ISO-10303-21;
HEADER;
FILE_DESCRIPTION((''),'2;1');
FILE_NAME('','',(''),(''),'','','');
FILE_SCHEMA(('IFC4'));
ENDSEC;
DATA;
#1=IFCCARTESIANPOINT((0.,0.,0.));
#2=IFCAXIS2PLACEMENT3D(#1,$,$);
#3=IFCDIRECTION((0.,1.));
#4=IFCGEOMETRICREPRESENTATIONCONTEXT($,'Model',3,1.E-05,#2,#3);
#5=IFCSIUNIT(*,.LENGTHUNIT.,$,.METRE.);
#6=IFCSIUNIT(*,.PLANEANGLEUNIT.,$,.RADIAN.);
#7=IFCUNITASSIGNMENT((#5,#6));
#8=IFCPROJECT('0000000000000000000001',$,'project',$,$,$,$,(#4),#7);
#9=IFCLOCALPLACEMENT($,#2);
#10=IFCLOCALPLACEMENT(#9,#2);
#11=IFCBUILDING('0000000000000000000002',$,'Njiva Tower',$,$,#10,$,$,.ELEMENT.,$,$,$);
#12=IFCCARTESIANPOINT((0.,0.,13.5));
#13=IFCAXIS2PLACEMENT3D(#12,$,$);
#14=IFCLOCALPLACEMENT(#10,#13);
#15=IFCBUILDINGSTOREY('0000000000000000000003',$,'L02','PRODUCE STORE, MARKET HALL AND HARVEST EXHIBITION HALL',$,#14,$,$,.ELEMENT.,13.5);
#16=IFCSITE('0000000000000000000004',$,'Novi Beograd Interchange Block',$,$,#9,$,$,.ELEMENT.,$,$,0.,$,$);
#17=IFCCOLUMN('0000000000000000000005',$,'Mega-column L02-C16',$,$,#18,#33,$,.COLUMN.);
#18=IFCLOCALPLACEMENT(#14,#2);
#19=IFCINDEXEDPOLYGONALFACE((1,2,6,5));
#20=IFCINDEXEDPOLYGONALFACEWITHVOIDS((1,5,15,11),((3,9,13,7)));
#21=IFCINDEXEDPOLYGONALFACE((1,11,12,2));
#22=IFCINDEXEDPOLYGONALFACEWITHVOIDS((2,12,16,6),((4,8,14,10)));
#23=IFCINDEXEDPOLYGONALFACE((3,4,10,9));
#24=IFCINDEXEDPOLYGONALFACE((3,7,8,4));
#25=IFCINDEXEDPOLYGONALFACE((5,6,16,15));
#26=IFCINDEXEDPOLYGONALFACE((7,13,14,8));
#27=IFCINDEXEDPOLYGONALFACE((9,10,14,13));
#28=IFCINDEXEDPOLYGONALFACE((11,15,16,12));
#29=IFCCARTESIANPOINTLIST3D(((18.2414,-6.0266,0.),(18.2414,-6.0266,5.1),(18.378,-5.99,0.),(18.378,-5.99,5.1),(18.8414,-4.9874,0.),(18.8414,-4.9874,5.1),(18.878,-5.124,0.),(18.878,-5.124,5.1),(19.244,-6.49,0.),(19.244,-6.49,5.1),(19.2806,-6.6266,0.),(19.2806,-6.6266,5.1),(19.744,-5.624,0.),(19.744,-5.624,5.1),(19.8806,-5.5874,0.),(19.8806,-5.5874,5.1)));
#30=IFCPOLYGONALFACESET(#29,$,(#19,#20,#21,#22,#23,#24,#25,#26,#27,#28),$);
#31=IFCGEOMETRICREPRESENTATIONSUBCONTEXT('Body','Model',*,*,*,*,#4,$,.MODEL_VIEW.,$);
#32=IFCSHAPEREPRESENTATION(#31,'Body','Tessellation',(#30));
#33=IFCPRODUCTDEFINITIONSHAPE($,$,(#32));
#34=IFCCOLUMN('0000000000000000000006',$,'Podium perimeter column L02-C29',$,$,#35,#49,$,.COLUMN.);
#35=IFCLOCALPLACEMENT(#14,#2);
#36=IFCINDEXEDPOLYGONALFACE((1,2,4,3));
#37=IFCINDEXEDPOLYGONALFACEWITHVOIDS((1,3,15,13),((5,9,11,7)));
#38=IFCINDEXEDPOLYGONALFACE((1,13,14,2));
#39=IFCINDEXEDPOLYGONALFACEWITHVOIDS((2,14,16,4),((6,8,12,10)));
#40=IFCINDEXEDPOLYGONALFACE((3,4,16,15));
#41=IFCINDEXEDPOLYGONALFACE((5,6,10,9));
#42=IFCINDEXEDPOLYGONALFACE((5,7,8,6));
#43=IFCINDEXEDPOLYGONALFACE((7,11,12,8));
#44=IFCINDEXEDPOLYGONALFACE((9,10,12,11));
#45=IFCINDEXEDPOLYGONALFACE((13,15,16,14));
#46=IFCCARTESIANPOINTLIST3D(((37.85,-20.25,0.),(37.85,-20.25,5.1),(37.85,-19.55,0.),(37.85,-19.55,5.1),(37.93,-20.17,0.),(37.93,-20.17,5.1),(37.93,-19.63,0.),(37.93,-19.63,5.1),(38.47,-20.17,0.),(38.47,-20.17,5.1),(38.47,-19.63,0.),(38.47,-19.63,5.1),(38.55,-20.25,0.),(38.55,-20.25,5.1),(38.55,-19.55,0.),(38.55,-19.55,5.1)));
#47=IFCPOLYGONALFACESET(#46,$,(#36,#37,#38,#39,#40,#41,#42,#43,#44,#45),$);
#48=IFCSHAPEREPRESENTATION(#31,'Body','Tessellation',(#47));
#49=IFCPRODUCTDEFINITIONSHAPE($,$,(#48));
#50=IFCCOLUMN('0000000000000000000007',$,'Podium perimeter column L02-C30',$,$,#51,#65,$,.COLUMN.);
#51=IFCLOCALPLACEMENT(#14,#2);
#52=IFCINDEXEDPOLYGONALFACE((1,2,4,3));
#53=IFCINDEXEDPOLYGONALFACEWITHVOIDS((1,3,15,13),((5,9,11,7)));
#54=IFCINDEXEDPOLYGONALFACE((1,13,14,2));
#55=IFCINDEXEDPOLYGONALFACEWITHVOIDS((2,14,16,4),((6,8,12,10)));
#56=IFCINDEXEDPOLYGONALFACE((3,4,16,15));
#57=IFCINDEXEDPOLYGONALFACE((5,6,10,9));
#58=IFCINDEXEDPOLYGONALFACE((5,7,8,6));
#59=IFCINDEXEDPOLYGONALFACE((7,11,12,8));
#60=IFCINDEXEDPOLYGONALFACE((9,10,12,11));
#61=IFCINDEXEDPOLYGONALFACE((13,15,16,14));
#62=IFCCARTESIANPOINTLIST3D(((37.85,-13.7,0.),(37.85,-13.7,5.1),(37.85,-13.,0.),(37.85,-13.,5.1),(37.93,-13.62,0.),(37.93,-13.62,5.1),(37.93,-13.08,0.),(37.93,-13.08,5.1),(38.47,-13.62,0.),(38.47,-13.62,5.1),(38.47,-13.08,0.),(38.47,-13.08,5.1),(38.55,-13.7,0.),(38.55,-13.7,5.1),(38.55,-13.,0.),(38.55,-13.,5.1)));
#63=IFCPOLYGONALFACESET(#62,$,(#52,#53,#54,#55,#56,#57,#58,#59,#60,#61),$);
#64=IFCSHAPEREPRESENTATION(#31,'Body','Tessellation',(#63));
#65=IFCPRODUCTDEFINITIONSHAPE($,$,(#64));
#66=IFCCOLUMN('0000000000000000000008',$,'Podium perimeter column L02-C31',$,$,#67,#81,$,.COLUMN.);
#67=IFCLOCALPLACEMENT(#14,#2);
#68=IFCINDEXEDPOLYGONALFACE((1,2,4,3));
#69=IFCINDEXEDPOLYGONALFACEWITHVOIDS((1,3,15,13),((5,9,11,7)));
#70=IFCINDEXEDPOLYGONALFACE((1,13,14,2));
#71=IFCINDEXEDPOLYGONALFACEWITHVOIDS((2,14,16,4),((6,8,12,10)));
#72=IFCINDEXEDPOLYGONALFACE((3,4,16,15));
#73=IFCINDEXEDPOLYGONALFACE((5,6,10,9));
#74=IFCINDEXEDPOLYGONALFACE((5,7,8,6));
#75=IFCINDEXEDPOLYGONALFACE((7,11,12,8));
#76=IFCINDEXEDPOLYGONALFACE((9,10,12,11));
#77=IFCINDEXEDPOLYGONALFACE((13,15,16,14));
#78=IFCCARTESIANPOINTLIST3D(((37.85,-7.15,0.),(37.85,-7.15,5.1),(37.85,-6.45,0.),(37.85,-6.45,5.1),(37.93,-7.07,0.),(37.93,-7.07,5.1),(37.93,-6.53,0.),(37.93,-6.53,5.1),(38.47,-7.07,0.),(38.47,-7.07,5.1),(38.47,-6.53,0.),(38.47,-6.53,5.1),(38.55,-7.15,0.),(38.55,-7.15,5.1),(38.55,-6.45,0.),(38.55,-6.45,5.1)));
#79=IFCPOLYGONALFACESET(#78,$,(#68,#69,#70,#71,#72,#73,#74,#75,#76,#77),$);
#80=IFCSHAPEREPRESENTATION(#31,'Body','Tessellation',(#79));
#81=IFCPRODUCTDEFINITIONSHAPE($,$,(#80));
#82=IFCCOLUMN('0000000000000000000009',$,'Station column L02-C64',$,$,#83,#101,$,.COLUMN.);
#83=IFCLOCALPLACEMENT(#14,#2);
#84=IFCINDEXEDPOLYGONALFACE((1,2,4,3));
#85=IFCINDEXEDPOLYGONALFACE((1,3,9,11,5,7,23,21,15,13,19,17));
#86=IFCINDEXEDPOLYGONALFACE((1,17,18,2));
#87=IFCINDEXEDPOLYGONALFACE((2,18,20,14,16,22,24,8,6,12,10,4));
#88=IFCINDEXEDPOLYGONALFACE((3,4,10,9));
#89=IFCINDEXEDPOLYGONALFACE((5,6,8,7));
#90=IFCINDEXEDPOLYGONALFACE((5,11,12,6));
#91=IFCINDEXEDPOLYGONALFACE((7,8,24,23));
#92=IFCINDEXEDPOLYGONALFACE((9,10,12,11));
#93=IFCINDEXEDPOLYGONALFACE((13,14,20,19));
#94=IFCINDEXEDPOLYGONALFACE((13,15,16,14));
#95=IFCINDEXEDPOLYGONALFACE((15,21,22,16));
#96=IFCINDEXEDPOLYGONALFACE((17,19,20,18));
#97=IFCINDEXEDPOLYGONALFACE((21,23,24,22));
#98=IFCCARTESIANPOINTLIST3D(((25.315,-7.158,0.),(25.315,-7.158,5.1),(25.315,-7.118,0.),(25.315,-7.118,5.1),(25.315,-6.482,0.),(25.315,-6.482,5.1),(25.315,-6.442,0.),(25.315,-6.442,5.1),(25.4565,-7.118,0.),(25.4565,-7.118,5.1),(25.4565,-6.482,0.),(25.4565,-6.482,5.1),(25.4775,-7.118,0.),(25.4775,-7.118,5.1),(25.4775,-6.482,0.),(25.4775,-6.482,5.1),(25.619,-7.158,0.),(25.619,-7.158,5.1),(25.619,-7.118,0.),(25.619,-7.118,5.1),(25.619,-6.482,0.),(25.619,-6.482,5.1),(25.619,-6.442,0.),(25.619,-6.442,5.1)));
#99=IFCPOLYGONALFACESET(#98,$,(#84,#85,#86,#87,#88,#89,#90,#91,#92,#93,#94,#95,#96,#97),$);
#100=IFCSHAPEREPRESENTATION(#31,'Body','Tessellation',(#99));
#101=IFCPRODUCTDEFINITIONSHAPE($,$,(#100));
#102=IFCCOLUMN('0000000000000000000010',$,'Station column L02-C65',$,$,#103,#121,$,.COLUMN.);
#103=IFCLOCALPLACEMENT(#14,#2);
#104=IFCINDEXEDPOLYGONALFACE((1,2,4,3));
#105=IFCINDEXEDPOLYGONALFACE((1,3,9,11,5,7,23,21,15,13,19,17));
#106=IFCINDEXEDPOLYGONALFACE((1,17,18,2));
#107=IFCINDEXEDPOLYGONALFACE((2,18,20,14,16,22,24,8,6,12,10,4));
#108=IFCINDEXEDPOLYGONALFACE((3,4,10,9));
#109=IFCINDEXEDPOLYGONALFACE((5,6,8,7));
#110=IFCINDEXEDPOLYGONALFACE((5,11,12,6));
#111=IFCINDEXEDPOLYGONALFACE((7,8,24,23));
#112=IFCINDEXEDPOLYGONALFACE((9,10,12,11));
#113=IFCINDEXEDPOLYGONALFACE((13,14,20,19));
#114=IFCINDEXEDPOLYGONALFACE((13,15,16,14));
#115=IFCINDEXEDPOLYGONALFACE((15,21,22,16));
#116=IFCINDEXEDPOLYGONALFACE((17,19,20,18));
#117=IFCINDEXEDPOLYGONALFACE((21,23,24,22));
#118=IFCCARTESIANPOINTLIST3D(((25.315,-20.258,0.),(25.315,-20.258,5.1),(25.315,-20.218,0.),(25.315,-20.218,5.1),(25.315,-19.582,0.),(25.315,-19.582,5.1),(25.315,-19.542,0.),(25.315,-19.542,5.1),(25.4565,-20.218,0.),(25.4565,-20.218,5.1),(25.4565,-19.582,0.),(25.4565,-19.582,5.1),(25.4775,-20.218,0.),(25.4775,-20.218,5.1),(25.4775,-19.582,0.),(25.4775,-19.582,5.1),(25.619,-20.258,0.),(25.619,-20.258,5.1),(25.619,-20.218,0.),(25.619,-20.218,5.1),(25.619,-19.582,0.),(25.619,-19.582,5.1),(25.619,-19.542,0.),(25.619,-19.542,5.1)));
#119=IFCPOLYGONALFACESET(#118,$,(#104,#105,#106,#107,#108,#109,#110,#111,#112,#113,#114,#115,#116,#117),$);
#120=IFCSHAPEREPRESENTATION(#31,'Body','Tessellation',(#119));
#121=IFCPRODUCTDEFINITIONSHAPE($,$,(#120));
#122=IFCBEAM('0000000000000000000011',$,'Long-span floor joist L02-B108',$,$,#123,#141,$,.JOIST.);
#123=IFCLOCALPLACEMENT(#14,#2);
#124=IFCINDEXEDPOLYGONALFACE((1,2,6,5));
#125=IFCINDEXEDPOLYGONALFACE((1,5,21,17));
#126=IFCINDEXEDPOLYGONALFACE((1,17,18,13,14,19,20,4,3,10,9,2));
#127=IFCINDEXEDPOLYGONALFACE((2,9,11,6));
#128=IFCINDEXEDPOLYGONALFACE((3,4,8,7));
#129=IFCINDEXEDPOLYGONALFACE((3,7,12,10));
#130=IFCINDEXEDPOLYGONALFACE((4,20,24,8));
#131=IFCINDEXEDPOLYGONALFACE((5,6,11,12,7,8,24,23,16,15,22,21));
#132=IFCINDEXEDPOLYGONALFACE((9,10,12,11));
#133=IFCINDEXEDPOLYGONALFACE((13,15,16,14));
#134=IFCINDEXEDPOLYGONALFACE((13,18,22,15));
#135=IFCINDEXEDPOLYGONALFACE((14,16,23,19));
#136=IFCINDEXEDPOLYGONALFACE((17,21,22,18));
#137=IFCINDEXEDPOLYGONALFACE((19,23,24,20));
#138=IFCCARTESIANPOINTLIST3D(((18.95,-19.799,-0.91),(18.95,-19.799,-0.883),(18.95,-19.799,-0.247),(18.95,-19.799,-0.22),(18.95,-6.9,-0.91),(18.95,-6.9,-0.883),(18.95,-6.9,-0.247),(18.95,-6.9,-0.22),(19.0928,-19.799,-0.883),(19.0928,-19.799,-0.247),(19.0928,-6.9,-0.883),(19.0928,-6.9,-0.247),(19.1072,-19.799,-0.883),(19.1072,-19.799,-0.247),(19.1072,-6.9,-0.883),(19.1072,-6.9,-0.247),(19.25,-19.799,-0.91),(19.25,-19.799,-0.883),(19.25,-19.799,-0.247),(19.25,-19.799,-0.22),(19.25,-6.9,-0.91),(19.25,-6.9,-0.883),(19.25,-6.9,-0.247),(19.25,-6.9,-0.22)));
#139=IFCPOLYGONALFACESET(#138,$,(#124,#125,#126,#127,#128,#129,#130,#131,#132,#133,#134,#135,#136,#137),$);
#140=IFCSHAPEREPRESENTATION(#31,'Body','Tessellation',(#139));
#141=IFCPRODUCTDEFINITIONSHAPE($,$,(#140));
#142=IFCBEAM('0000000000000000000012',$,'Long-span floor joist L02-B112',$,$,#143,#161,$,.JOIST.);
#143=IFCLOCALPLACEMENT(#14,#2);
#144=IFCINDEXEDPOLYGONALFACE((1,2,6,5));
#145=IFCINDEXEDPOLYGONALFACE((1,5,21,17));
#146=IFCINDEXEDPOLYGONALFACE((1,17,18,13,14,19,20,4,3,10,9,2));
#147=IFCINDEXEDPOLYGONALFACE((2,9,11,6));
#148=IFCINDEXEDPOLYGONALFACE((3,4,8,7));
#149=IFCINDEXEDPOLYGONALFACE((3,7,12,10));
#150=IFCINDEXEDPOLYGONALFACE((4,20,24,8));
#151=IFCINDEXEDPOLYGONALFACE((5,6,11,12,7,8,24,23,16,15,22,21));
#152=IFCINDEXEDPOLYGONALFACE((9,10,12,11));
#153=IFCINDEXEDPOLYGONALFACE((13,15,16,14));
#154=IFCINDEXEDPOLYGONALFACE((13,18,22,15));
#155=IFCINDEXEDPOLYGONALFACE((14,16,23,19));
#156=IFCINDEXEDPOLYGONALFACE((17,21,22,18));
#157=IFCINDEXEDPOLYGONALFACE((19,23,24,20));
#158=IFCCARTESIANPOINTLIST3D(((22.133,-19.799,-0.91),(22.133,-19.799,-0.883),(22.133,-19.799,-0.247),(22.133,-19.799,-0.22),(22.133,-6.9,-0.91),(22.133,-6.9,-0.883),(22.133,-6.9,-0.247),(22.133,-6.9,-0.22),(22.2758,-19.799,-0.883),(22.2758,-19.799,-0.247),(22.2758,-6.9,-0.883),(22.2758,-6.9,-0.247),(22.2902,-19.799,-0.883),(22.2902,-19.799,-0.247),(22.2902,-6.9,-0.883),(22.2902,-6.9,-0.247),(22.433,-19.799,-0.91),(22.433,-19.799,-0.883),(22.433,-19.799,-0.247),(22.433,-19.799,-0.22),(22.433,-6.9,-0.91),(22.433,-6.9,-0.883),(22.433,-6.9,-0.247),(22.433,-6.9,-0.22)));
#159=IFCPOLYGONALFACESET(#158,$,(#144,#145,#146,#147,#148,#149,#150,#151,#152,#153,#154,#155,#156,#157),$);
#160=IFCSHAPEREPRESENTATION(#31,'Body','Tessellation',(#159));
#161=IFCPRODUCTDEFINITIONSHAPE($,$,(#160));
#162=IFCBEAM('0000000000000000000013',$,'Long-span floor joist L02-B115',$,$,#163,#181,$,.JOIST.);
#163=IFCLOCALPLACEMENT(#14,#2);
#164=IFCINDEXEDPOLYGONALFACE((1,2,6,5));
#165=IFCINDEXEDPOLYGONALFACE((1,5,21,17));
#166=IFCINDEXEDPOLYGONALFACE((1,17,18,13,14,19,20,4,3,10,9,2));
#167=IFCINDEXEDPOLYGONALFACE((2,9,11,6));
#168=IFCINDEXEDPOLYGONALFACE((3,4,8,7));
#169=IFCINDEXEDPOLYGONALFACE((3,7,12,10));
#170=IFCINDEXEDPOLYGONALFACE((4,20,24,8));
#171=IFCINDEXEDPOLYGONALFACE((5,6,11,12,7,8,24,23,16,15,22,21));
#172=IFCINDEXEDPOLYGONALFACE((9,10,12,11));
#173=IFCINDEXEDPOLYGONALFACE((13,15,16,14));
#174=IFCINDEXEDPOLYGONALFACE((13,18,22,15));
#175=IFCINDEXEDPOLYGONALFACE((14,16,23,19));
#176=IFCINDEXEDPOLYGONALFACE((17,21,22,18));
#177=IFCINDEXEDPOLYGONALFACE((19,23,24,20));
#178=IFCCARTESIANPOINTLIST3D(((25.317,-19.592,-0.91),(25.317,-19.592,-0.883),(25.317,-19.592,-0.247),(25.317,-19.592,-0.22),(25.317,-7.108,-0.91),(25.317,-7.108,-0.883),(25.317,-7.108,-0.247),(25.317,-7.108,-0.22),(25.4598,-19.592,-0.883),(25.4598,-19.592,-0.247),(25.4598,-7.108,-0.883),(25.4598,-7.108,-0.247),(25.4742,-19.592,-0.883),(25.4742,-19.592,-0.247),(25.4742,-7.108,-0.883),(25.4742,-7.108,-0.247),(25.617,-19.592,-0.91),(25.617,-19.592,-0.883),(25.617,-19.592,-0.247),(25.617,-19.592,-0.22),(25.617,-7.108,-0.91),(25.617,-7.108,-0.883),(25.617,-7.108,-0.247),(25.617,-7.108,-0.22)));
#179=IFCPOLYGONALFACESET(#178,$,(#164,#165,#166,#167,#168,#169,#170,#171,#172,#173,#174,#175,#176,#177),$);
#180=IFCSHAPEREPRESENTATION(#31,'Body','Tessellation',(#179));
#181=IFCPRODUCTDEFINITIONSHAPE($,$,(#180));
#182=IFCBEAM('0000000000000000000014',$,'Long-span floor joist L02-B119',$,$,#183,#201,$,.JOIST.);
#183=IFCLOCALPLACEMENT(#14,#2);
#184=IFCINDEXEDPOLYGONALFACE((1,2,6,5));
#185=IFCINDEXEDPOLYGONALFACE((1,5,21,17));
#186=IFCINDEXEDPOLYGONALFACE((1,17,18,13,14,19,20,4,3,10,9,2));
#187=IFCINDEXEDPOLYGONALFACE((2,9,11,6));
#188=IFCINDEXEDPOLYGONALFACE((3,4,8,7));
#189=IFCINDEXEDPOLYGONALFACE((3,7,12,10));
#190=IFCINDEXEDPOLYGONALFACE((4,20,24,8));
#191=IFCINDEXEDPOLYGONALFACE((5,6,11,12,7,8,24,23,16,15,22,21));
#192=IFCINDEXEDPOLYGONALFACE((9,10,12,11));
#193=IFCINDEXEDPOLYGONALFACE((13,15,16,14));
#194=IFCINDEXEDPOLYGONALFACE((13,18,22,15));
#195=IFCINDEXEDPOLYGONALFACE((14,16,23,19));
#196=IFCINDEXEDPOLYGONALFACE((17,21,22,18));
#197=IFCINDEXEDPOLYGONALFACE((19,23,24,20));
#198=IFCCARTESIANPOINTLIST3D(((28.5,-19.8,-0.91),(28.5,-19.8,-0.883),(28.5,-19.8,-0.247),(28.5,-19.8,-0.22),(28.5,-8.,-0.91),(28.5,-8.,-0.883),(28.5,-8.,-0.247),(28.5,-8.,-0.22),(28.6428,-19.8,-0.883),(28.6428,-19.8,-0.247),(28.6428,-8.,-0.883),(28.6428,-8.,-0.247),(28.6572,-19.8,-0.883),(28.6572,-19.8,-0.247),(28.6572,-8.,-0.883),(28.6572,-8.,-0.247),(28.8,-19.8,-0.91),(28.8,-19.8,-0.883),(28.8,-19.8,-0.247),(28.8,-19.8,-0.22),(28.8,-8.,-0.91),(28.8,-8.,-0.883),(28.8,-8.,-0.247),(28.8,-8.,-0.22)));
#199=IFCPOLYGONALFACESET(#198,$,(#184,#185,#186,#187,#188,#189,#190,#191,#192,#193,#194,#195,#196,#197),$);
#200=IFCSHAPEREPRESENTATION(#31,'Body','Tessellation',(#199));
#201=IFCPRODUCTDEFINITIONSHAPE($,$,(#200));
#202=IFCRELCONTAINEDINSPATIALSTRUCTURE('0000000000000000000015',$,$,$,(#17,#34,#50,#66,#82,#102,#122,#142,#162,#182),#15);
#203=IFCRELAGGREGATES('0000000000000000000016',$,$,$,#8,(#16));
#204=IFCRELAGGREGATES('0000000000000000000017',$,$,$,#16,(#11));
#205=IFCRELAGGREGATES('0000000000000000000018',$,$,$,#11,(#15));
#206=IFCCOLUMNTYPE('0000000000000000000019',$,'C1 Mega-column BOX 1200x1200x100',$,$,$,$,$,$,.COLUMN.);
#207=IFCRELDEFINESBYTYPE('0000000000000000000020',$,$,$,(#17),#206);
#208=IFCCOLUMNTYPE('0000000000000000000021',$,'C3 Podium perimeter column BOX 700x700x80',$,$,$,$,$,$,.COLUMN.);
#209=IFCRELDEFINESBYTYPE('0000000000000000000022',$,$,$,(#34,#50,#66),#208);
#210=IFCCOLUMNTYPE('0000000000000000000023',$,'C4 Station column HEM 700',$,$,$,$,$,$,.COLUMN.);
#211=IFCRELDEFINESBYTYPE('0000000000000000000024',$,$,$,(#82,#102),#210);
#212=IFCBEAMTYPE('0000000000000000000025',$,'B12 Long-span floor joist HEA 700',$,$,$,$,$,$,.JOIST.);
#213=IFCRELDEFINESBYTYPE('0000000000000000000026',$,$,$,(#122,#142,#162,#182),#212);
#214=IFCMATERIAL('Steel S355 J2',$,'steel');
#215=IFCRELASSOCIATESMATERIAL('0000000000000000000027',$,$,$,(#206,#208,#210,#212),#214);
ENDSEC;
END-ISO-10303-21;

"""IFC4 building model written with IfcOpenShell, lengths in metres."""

from ifc_helpers import new_model, si_unit, direction, frame, origin, origin_2d, place, context, subcontext, project, spatial, hollow_rectangle, i_section, extrude, material, material_profile, profile_set, type_object, element, save


model = new_model("IFC4")

# Units and contexts
model_context = context("Model", 3, precision=1e-05, world=origin(), true_north=direction((0.0, 1.0)))
body_context = subcontext(model_context, "Body", "Model", "MODEL_VIEW")
ifc_project = project(units=[si_unit("LENGTHUNIT", "METRE"), si_unit("PLANEANGLEUNIT", "RADIAN")], contexts=[model_context])

# Site, building, storey
site_placement = place(None, origin())
site = spatial("IfcSite", under=ifc_project, at=site_placement, Name="Novi Beograd Interchange Block", CompositionType="ELEMENT", RefElevation=0.0)
building_placement = place(site_placement, origin())
building = spatial("IfcBuilding", under=site, at=building_placement, Name="Njiva Tower", CompositionType="ELEMENT")
storey_placement = place(building_placement, frame((0.0, 0.0, 13.5)))
storey = spatial("IfcBuildingStorey", under=building, at=storey_placement, Name="L02", Description="PRODUCE STORE, MARKET HALL AND HARVEST EXHIBITION HALL", CompositionType="ELEMENT", Elevation=13.5)

# Columns
ifc_material_1 = material(Name="Steel S355 J2", Category="steel")
ifc_material_profile_1 = material_profile(ifc_material_1, hollow_rectangle(XDim=1.2, YDim=1.2, WallThickness=0.1, at=origin_2d()), Name="BOX 1200x1200x100")
ifc_profile_set_1 = profile_set([ifc_material_profile_1], Name="Steel S355 J2")
column_type_1 = type_object("IfcColumnType", Name="C1 Mega-column BOX 1200x1200x100", PredefinedType="COLUMN", material=ifc_profile_set_1)
column_placement = place(storey_placement, frame((19.061, -5.807, 0.0), z_axis=(0.0, 0.0, 1.0), x_axis=(0.5, 0.866025, 0.0)))
element("IfcColumn", 1, at=column_placement, inside=storey, type_object=column_type_1, Name="Mega-column L02-C16", PredefinedType="COLUMN", context=body_context, shape_type="SweptSolid", body=[
    extrude(hollow_rectangle(XDim=1.2, YDim=1.2, WallThickness=0.1, at=origin_2d()), origin(), (0.0, 0.0, 1.0), 5.1),
])
ifc_material_profile_2 = material_profile(ifc_material_1, hollow_rectangle(XDim=0.7, YDim=0.7, WallThickness=0.08, at=origin_2d()), Name="BOX 700x700x80")
ifc_profile_set_2 = profile_set([ifc_material_profile_2], Name="Steel S355 J2")
column_type_2 = type_object("IfcColumnType", Name="C3 Podium perimeter column BOX 700x700x80", PredefinedType="COLUMN", material=ifc_profile_set_2)
for number, where, z_axis, x_axis, name in (
    (2, (38.2, -19.9, 0.0), (0.0, 0.0, 1.0), (0.0, 1.0, 0.0), "Podium perimeter column L02-C29"),
    (3, (38.2, -13.35, 0.0), (0.0, 0.0, 1.0), (0.0, 1.0, 0.0), "Podium perimeter column L02-C30"),
    (4, (38.2, -6.8, 0.0), (0.0, 0.0, 1.0), (0.0, 1.0, 0.0), "Podium perimeter column L02-C31"),
):
    element("IfcColumn", number, at=place(storey_placement, frame(where, z_axis=z_axis, x_axis=x_axis)), inside=storey, type_object=column_type_2, Name=name, PredefinedType="COLUMN", context=body_context, shape_type="SweptSolid", body=[
        extrude(hollow_rectangle(XDim=0.7, YDim=0.7, WallThickness=0.08, at=origin_2d()), origin(), (0.0, 0.0, 1.0), 5.1),
    ])
ifc_material_profile_3 = material_profile(ifc_material_1, i_section(OverallWidth=0.304, OverallDepth=0.716, WebThickness=0.021, FlangeThickness=0.04, at=origin_2d()), Name="HEM 700")
ifc_profile_set_3 = profile_set([ifc_material_profile_3], Name="Steel S355 J2")
column_type_3 = type_object("IfcColumnType", Name="C4 Station column HEM 700", PredefinedType="COLUMN", material=ifc_profile_set_3)
for number, where, z_axis, x_axis, name in (
    (5, (25.467, -6.8, 0.0), (0.0, 0.0, 1.0), (1.0, 0.0, 0.0), "Station column L02-C64"),
    (6, (25.467, -19.9, 0.0), (0.0, 0.0, 1.0), (1.0, 0.0, 0.0), "Station column L02-C65"),
):
    element("IfcColumn", number, at=place(storey_placement, frame(where, z_axis=z_axis, x_axis=x_axis)), inside=storey, type_object=column_type_3, Name=name, PredefinedType="COLUMN", context=body_context, shape_type="SweptSolid", body=[
        extrude(i_section(OverallWidth=0.304, OverallDepth=0.716, WebThickness=0.021, FlangeThickness=0.04, at=origin_2d()), origin(), (0.0, 0.0, 1.0), 5.1),
    ])

# Beams
ifc_material_profile_4 = material_profile(ifc_material_1, i_section(OverallWidth=0.3, OverallDepth=0.69, WebThickness=0.0145, FlangeThickness=0.027, at=origin_2d()), Name="HEA 700")
ifc_profile_set_4 = profile_set([ifc_material_profile_4], Name="Steel S355 J2")
beam_type_1 = type_object("IfcBeamType", Name="B12 Long-span floor joist HEA 700", PredefinedType="JOIST", material=ifc_profile_set_4)
for number, where, z_axis, x_axis, name in (
    (7, (19.1, -6.9, -0.565), (0.0, -1.0, 0.0), (1.0, 0.0, 0.0), "Long-span floor joist L02-B108"),
    (8, (22.283, -6.9, -0.565), (0.0, -1.0, 0.0), (1.0, 0.0, 0.0), "Long-span floor joist L02-B112"),
):
    element("IfcBeam", number, at=place(storey_placement, frame(where, z_axis=z_axis, x_axis=x_axis)), inside=storey, type_object=beam_type_1, Name=name, PredefinedType="JOIST", context=body_context, shape_type="SweptSolid", body=[
        extrude(i_section(OverallWidth=0.3, OverallDepth=0.69, WebThickness=0.0145, FlangeThickness=0.027, at=origin_2d()), origin(), (0.0, 0.0, 1.0), 12.899),
    ])
beam_1_placement = place(storey_placement, frame((25.467, -7.108, -0.565), z_axis=(0.0, -1.0, 0.0), x_axis=(1.0, 0.0, 0.0)))
element("IfcBeam", 9, at=beam_1_placement, inside=storey, type_object=beam_type_1, Name="Long-span floor joist L02-B115", PredefinedType="JOIST", context=body_context, shape_type="SweptSolid", body=[
    extrude(i_section(OverallWidth=0.3, OverallDepth=0.69, WebThickness=0.0145, FlangeThickness=0.027, at=origin_2d()), origin(), (0.0, 0.0, 1.0), 12.484),
])
beam_2_placement = place(storey_placement, frame((28.65, -8.0, -0.565), z_axis=(0.0, -1.0, 0.0), x_axis=(1.0, 0.0, 0.0)))
element("IfcBeam", 10, at=beam_2_placement, inside=storey, type_object=beam_type_1, Name="Long-span floor joist L02-B119", PredefinedType="JOIST", context=body_context, shape_type="SweptSolid", body=[
    extrude(i_section(OverallWidth=0.3, OverallDepth=0.69, WebThickness=0.0145, FlangeThickness=0.027, at=origin_2d()), origin(), (0.0, 0.0, 1.0), 11.8),
])

save(model, "model.ifc")
